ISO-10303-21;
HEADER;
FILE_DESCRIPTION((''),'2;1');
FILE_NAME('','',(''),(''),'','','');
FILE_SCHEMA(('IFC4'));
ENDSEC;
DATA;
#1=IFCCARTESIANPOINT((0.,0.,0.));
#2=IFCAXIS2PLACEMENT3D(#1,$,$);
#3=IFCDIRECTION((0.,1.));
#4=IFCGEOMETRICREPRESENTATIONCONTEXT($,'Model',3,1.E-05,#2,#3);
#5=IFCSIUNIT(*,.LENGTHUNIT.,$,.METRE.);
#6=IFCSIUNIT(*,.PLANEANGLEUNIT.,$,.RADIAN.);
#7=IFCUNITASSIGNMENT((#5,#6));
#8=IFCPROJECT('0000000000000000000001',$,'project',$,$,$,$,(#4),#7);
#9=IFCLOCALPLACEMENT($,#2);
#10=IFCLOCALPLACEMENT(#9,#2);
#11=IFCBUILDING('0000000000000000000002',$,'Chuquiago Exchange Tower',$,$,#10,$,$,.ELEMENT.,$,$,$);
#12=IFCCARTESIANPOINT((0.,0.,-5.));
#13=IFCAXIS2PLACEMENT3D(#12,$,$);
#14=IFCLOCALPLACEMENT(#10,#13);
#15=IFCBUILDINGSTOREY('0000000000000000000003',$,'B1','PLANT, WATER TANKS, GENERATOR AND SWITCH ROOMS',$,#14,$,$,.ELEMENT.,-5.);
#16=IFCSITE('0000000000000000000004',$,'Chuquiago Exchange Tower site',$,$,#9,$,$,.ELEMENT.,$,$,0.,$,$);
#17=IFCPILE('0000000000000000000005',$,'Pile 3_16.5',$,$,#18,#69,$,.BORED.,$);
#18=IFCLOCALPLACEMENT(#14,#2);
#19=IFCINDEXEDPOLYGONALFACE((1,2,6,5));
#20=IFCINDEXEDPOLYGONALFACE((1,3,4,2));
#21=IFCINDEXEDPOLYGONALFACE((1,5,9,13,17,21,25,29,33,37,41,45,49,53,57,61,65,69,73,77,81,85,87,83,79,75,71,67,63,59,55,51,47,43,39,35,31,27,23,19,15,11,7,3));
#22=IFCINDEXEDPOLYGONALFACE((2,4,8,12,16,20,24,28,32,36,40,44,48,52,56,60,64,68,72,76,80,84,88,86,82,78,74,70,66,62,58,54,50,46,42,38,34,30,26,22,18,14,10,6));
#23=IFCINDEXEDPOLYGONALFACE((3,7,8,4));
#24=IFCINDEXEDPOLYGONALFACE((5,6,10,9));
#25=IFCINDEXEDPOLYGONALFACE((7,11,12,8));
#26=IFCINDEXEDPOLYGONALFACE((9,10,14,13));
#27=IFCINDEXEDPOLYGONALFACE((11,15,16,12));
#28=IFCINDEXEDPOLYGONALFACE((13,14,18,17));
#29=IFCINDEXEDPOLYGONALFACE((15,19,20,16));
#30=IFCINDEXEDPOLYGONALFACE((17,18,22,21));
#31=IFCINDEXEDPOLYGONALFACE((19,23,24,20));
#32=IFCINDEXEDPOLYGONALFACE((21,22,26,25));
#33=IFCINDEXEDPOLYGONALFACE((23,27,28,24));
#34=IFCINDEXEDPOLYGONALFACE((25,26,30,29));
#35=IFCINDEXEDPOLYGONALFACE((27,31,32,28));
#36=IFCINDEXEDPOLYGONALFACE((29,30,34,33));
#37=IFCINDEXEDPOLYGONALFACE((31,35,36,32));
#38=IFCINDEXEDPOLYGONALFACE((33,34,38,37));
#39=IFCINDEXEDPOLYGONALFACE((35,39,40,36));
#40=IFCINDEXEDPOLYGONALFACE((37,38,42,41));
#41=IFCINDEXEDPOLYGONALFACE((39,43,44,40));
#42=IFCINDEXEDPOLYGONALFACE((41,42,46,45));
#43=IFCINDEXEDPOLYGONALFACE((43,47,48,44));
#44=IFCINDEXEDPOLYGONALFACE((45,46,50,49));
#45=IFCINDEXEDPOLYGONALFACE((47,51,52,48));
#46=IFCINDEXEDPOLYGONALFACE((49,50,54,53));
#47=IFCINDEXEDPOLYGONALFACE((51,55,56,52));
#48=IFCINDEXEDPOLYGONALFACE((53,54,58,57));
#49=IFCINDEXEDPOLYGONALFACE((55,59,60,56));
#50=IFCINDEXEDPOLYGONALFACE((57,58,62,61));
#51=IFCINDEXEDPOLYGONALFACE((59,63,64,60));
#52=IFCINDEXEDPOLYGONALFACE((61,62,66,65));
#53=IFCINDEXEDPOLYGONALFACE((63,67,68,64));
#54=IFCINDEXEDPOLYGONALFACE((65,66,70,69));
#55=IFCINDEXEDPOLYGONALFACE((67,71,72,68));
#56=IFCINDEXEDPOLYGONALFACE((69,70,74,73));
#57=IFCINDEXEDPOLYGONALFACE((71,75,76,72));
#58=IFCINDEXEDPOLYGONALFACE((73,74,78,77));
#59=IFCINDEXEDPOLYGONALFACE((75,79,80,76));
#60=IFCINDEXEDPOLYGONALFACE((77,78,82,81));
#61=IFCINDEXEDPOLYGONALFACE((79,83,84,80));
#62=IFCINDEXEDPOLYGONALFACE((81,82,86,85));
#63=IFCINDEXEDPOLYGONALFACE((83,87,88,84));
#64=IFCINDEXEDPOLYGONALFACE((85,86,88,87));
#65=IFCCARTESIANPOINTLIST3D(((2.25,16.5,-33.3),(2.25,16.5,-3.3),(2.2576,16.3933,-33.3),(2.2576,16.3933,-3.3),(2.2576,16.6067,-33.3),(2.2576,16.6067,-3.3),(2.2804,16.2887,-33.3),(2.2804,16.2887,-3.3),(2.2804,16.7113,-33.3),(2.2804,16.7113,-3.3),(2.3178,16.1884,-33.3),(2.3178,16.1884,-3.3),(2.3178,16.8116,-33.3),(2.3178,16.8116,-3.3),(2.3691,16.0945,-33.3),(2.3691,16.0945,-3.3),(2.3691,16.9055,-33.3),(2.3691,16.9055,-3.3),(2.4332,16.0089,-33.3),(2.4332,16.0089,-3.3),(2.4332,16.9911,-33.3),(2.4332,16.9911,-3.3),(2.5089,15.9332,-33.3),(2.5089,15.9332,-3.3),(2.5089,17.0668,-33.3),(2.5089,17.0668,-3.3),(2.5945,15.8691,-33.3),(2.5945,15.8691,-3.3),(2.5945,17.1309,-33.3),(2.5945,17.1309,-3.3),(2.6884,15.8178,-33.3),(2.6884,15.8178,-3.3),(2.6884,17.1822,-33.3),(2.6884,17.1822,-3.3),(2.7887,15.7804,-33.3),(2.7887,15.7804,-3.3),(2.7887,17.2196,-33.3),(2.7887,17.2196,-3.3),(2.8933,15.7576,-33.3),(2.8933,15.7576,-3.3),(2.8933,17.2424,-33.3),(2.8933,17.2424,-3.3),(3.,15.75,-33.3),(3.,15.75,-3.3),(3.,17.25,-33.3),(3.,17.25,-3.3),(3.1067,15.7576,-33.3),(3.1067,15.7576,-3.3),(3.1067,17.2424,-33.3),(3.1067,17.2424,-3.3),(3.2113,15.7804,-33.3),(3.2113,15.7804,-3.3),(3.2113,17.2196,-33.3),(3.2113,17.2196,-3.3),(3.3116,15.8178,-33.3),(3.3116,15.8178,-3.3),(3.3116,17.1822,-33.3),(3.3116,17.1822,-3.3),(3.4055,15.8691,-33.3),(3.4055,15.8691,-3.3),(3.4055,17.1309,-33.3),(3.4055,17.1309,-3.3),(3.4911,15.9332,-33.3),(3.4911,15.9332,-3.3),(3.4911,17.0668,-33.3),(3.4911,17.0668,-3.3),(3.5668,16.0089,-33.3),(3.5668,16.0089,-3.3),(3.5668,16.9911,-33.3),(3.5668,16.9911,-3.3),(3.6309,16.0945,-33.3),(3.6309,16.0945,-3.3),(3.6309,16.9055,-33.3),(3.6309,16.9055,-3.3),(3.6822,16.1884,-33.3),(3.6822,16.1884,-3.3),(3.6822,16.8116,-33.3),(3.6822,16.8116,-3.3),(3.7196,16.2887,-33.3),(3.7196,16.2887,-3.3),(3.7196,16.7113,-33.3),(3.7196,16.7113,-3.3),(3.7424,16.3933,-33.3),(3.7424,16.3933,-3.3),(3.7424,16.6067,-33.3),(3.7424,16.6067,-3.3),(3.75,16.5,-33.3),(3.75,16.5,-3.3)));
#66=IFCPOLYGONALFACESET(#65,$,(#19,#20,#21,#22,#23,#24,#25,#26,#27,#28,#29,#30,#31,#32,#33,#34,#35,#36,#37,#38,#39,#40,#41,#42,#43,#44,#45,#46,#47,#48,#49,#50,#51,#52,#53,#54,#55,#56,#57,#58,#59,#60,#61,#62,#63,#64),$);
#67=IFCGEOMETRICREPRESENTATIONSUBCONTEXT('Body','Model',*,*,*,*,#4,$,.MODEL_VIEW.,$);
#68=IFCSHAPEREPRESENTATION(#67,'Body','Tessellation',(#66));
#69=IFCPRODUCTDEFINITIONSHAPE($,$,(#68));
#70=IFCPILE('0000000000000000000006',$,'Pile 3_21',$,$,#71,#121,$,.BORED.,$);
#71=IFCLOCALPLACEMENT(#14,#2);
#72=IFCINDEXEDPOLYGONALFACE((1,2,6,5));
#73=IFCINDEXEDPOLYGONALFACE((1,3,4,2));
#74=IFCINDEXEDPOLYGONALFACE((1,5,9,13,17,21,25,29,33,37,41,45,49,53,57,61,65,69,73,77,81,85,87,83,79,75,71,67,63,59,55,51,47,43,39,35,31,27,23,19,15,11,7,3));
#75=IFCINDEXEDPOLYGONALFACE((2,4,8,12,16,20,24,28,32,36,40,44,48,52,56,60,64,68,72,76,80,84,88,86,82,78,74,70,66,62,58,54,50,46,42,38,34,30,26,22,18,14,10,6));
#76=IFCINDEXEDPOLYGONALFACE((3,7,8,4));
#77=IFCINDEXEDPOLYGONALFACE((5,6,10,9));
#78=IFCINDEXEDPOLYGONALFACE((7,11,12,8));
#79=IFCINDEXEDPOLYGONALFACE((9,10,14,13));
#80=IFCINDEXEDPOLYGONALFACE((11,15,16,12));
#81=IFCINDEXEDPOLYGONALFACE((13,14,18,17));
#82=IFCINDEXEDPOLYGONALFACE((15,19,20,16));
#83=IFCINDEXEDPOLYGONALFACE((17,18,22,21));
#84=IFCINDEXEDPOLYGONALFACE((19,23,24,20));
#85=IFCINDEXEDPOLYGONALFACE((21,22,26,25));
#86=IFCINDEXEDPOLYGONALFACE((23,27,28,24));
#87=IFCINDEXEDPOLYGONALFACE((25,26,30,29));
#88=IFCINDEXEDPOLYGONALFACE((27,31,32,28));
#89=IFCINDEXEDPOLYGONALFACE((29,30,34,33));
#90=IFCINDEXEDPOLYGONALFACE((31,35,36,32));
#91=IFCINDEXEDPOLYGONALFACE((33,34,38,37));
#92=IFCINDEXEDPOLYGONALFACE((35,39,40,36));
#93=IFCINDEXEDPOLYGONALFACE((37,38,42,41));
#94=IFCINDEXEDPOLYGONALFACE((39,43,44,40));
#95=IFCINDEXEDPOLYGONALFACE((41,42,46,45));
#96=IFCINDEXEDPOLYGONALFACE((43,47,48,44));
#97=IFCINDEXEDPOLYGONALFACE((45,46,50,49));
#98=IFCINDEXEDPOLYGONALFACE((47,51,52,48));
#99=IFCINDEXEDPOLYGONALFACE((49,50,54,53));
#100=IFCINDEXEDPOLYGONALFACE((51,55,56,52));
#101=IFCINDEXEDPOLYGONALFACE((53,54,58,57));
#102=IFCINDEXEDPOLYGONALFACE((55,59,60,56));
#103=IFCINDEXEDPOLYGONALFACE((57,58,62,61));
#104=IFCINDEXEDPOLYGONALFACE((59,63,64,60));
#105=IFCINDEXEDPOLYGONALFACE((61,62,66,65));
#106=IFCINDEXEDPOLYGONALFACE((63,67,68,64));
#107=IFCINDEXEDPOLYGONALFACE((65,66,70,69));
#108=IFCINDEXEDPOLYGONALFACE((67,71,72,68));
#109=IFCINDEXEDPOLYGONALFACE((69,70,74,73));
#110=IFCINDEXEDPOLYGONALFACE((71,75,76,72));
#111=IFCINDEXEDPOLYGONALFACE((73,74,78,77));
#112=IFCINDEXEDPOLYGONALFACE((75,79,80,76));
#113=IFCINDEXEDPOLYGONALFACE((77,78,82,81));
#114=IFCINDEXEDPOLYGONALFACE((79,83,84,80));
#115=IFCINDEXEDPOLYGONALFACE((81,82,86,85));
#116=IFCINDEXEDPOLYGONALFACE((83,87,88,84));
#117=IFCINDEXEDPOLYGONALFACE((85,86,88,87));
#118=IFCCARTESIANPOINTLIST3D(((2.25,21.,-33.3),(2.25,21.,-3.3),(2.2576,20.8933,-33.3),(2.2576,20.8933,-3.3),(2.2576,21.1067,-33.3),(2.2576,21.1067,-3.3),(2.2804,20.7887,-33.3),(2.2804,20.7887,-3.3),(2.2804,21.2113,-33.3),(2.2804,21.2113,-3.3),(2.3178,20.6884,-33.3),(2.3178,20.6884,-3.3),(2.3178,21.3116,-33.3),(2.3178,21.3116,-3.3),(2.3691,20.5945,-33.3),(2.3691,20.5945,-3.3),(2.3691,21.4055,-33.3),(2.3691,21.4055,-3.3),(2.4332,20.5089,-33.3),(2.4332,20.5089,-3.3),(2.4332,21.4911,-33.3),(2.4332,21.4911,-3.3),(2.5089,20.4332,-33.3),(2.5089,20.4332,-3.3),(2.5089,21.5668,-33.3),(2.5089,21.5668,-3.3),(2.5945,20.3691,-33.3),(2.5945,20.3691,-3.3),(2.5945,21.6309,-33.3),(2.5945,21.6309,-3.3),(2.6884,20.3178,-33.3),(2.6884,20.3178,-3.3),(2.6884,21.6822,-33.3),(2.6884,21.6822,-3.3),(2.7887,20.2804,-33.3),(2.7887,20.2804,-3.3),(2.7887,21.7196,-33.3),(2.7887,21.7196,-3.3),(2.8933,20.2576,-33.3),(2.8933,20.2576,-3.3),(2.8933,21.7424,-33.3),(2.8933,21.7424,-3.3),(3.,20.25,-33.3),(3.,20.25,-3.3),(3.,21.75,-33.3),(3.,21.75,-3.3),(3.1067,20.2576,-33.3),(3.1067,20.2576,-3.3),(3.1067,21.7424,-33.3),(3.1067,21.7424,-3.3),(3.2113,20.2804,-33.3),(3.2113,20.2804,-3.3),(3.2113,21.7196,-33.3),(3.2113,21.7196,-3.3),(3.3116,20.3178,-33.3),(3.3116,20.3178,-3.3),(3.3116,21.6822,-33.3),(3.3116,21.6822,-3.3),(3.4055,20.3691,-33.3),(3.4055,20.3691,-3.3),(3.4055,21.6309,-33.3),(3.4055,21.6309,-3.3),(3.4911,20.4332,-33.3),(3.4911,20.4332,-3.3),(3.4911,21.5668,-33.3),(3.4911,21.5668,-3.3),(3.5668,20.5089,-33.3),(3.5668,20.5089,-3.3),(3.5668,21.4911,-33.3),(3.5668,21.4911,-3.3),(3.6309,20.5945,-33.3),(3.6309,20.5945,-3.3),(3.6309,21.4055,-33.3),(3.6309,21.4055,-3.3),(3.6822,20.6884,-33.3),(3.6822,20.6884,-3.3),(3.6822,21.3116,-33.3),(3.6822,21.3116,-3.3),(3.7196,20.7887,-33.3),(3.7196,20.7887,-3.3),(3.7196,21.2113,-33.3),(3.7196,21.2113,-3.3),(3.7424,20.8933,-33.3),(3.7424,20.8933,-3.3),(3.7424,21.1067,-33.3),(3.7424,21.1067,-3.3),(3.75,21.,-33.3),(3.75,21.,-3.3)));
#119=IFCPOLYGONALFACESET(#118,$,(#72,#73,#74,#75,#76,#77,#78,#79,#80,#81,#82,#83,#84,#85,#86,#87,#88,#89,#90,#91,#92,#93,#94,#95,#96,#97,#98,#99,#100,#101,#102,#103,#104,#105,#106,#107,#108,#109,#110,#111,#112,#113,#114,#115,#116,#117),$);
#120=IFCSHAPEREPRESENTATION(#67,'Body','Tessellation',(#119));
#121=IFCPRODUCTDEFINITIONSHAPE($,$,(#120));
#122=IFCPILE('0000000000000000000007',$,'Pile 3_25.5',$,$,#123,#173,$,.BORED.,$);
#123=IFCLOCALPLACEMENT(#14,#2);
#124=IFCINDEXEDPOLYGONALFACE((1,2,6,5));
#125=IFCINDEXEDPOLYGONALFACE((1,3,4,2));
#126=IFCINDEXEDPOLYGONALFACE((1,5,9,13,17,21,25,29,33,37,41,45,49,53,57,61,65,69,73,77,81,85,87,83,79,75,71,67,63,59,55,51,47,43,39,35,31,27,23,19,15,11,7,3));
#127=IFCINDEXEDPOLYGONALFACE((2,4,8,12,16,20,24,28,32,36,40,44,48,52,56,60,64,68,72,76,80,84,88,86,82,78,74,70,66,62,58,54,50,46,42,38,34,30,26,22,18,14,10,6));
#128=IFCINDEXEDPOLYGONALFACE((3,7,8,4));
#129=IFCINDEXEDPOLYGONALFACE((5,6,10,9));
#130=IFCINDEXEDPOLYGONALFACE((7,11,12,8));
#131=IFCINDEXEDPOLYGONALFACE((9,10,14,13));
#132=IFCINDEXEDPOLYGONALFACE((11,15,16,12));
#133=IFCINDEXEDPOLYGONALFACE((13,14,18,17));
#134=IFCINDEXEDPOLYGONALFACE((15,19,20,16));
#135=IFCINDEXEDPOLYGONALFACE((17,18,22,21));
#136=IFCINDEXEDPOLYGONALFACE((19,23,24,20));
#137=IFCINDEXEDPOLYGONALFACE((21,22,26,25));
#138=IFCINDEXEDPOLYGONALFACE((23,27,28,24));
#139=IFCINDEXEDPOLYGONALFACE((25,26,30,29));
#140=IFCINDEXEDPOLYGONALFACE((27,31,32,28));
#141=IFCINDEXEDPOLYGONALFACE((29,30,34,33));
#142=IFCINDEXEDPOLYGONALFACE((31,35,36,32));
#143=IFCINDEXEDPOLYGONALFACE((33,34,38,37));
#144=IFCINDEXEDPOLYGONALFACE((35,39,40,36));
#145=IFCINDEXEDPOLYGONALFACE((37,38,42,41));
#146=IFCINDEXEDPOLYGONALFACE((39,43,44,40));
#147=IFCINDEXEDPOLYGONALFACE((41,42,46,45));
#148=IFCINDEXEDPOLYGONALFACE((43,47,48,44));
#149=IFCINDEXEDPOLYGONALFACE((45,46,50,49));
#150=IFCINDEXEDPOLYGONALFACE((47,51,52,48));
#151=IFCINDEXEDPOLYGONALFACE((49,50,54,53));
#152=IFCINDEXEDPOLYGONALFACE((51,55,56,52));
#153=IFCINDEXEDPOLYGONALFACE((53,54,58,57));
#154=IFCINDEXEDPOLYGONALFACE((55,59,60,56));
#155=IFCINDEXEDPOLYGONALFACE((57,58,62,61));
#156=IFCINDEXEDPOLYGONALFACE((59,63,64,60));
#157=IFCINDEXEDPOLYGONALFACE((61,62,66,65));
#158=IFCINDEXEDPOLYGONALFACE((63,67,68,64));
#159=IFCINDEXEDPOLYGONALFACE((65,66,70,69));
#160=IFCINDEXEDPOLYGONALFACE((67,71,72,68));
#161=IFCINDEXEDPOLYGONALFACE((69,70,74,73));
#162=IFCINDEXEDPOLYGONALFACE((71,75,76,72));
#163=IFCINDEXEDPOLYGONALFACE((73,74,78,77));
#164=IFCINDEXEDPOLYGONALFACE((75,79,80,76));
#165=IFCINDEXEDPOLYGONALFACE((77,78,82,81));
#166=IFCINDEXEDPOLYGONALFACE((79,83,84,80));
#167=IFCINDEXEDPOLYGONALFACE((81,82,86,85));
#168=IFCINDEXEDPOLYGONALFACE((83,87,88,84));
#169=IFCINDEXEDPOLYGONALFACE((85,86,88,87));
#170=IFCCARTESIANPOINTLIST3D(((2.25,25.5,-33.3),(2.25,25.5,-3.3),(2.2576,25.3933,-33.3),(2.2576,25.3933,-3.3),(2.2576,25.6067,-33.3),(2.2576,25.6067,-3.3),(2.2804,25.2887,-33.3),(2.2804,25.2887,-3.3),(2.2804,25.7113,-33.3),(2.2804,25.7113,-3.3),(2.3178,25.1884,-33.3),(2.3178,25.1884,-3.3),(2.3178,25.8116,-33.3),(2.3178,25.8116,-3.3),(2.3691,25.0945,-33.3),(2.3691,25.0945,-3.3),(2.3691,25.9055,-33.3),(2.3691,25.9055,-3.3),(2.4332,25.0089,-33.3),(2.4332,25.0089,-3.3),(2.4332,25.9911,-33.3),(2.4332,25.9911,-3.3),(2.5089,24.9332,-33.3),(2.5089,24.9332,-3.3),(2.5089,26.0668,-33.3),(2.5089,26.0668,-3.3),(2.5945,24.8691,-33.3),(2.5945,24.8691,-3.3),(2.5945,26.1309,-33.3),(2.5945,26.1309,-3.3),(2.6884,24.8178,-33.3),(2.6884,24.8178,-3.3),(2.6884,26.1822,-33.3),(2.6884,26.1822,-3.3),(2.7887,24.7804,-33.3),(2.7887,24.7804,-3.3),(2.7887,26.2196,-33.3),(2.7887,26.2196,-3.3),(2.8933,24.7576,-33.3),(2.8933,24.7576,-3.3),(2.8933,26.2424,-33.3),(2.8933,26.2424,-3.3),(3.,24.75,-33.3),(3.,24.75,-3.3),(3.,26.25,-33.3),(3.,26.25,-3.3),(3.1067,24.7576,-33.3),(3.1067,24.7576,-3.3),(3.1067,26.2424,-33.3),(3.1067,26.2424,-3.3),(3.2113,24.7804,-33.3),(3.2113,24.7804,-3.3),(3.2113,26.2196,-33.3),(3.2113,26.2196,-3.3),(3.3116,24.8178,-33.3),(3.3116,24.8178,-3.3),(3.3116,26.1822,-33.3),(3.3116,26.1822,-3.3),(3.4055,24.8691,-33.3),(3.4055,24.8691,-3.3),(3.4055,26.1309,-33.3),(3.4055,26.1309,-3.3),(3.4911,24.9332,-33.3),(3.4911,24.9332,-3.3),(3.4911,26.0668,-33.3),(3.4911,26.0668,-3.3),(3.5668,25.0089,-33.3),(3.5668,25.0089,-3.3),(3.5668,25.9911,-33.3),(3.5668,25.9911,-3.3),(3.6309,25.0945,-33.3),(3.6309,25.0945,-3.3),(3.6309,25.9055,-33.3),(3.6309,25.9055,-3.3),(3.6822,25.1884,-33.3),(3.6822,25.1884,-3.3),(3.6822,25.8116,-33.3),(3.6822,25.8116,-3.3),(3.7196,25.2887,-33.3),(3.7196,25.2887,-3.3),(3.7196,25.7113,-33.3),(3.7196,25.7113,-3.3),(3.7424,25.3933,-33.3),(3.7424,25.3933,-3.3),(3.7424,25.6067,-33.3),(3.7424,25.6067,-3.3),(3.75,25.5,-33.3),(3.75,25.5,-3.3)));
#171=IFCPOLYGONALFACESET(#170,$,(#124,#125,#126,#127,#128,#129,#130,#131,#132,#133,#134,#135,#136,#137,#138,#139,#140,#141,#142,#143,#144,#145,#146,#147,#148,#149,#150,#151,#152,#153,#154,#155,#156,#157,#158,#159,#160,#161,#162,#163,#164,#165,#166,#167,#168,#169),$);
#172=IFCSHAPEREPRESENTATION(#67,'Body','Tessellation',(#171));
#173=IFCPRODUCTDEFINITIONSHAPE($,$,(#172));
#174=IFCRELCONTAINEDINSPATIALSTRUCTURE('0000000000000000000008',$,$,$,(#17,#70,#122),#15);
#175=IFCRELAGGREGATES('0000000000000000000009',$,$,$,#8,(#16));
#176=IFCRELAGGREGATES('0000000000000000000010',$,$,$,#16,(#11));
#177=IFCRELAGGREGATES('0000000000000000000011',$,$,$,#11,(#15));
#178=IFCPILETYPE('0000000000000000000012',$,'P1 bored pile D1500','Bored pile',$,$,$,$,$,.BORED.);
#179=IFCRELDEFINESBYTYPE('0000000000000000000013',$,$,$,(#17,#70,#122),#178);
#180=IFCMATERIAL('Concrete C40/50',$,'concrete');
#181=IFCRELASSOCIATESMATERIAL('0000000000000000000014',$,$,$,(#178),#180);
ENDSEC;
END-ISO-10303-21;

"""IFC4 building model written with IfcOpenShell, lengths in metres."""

from ifc_helpers import new_model, si_unit, direction, frame, origin, origin_2d, place, context, subcontext, project, spatial, circle, extrude, material, material_profile, profile_set, type_object, element, save


model = new_model("IFC4")

# Units and contexts
model_context = context("Model", 3, precision=1e-05, world=origin(), true_north=direction((0.0, 1.0)))
body_context = subcontext(model_context, "Body", "Model", "MODEL_VIEW")
ifc_project = project(units=[si_unit("LENGTHUNIT", "METRE"), si_unit("PLANEANGLEUNIT", "RADIAN")], contexts=[model_context])

# Site, building, storey
site_placement = place(None, origin())
site = spatial("IfcSite", under=ifc_project, at=site_placement, Name="Chuquiago Exchange Tower site", CompositionType="ELEMENT", RefElevation=0.0)
building_placement = place(site_placement, origin())
building = spatial("IfcBuilding", under=site, at=building_placement, Name="Chuquiago Exchange Tower", CompositionType="ELEMENT")
storey_placement = place(building_placement, frame((0.0, 0.0, -5.0)))
storey = spatial("IfcBuildingStorey", under=building, at=storey_placement, Name="B1", Description="PLANT, WATER TANKS, GENERATOR AND SWITCH ROOMS", CompositionType="ELEMENT", Elevation=-5.0)

# Piles
ifc_material_1 = material(Name="Concrete C40/50", Category="concrete")
ifc_material_profile_1 = material_profile(ifc_material_1, circle(Radius=0.75, at=origin_2d()), Name="D1500")
ifc_profile_set_1 = profile_set([ifc_material_profile_1], Name="Concrete C40/50")
pile_type = type_object("IfcPileType", Name="P1 bored pile D1500", Description="Bored pile", PredefinedType="BORED", material=ifc_profile_set_1)
for number, where, z_axis, x_axis, name in (
    (1, (3.0, 16.5, -3.3), (0.0, 0.0, -1.0), (1.0, 0.0, 0.0), "Pile 3_16.5"),
    (2, (3.0, 21.0, -3.3), (0.0, 0.0, -1.0), (1.0, 0.0, 0.0), "Pile 3_21"),
    (3, (3.0, 25.5, -3.3), (0.0, 0.0, -1.0), (1.0, 0.0, 0.0), "Pile 3_25.5"),
):
    element("IfcPile", number, at=place(storey_placement, frame(where, z_axis=z_axis, x_axis=x_axis)), inside=storey, type_object=pile_type, Name=name, PredefinedType="BORED", context=body_context, shape_type="SweptSolid", body=[
        extrude(circle(Radius=0.75, at=origin_2d()), origin(), (0.0, 0.0, 1.0), 30.0),
    ])

save(model, "model.ifc")
